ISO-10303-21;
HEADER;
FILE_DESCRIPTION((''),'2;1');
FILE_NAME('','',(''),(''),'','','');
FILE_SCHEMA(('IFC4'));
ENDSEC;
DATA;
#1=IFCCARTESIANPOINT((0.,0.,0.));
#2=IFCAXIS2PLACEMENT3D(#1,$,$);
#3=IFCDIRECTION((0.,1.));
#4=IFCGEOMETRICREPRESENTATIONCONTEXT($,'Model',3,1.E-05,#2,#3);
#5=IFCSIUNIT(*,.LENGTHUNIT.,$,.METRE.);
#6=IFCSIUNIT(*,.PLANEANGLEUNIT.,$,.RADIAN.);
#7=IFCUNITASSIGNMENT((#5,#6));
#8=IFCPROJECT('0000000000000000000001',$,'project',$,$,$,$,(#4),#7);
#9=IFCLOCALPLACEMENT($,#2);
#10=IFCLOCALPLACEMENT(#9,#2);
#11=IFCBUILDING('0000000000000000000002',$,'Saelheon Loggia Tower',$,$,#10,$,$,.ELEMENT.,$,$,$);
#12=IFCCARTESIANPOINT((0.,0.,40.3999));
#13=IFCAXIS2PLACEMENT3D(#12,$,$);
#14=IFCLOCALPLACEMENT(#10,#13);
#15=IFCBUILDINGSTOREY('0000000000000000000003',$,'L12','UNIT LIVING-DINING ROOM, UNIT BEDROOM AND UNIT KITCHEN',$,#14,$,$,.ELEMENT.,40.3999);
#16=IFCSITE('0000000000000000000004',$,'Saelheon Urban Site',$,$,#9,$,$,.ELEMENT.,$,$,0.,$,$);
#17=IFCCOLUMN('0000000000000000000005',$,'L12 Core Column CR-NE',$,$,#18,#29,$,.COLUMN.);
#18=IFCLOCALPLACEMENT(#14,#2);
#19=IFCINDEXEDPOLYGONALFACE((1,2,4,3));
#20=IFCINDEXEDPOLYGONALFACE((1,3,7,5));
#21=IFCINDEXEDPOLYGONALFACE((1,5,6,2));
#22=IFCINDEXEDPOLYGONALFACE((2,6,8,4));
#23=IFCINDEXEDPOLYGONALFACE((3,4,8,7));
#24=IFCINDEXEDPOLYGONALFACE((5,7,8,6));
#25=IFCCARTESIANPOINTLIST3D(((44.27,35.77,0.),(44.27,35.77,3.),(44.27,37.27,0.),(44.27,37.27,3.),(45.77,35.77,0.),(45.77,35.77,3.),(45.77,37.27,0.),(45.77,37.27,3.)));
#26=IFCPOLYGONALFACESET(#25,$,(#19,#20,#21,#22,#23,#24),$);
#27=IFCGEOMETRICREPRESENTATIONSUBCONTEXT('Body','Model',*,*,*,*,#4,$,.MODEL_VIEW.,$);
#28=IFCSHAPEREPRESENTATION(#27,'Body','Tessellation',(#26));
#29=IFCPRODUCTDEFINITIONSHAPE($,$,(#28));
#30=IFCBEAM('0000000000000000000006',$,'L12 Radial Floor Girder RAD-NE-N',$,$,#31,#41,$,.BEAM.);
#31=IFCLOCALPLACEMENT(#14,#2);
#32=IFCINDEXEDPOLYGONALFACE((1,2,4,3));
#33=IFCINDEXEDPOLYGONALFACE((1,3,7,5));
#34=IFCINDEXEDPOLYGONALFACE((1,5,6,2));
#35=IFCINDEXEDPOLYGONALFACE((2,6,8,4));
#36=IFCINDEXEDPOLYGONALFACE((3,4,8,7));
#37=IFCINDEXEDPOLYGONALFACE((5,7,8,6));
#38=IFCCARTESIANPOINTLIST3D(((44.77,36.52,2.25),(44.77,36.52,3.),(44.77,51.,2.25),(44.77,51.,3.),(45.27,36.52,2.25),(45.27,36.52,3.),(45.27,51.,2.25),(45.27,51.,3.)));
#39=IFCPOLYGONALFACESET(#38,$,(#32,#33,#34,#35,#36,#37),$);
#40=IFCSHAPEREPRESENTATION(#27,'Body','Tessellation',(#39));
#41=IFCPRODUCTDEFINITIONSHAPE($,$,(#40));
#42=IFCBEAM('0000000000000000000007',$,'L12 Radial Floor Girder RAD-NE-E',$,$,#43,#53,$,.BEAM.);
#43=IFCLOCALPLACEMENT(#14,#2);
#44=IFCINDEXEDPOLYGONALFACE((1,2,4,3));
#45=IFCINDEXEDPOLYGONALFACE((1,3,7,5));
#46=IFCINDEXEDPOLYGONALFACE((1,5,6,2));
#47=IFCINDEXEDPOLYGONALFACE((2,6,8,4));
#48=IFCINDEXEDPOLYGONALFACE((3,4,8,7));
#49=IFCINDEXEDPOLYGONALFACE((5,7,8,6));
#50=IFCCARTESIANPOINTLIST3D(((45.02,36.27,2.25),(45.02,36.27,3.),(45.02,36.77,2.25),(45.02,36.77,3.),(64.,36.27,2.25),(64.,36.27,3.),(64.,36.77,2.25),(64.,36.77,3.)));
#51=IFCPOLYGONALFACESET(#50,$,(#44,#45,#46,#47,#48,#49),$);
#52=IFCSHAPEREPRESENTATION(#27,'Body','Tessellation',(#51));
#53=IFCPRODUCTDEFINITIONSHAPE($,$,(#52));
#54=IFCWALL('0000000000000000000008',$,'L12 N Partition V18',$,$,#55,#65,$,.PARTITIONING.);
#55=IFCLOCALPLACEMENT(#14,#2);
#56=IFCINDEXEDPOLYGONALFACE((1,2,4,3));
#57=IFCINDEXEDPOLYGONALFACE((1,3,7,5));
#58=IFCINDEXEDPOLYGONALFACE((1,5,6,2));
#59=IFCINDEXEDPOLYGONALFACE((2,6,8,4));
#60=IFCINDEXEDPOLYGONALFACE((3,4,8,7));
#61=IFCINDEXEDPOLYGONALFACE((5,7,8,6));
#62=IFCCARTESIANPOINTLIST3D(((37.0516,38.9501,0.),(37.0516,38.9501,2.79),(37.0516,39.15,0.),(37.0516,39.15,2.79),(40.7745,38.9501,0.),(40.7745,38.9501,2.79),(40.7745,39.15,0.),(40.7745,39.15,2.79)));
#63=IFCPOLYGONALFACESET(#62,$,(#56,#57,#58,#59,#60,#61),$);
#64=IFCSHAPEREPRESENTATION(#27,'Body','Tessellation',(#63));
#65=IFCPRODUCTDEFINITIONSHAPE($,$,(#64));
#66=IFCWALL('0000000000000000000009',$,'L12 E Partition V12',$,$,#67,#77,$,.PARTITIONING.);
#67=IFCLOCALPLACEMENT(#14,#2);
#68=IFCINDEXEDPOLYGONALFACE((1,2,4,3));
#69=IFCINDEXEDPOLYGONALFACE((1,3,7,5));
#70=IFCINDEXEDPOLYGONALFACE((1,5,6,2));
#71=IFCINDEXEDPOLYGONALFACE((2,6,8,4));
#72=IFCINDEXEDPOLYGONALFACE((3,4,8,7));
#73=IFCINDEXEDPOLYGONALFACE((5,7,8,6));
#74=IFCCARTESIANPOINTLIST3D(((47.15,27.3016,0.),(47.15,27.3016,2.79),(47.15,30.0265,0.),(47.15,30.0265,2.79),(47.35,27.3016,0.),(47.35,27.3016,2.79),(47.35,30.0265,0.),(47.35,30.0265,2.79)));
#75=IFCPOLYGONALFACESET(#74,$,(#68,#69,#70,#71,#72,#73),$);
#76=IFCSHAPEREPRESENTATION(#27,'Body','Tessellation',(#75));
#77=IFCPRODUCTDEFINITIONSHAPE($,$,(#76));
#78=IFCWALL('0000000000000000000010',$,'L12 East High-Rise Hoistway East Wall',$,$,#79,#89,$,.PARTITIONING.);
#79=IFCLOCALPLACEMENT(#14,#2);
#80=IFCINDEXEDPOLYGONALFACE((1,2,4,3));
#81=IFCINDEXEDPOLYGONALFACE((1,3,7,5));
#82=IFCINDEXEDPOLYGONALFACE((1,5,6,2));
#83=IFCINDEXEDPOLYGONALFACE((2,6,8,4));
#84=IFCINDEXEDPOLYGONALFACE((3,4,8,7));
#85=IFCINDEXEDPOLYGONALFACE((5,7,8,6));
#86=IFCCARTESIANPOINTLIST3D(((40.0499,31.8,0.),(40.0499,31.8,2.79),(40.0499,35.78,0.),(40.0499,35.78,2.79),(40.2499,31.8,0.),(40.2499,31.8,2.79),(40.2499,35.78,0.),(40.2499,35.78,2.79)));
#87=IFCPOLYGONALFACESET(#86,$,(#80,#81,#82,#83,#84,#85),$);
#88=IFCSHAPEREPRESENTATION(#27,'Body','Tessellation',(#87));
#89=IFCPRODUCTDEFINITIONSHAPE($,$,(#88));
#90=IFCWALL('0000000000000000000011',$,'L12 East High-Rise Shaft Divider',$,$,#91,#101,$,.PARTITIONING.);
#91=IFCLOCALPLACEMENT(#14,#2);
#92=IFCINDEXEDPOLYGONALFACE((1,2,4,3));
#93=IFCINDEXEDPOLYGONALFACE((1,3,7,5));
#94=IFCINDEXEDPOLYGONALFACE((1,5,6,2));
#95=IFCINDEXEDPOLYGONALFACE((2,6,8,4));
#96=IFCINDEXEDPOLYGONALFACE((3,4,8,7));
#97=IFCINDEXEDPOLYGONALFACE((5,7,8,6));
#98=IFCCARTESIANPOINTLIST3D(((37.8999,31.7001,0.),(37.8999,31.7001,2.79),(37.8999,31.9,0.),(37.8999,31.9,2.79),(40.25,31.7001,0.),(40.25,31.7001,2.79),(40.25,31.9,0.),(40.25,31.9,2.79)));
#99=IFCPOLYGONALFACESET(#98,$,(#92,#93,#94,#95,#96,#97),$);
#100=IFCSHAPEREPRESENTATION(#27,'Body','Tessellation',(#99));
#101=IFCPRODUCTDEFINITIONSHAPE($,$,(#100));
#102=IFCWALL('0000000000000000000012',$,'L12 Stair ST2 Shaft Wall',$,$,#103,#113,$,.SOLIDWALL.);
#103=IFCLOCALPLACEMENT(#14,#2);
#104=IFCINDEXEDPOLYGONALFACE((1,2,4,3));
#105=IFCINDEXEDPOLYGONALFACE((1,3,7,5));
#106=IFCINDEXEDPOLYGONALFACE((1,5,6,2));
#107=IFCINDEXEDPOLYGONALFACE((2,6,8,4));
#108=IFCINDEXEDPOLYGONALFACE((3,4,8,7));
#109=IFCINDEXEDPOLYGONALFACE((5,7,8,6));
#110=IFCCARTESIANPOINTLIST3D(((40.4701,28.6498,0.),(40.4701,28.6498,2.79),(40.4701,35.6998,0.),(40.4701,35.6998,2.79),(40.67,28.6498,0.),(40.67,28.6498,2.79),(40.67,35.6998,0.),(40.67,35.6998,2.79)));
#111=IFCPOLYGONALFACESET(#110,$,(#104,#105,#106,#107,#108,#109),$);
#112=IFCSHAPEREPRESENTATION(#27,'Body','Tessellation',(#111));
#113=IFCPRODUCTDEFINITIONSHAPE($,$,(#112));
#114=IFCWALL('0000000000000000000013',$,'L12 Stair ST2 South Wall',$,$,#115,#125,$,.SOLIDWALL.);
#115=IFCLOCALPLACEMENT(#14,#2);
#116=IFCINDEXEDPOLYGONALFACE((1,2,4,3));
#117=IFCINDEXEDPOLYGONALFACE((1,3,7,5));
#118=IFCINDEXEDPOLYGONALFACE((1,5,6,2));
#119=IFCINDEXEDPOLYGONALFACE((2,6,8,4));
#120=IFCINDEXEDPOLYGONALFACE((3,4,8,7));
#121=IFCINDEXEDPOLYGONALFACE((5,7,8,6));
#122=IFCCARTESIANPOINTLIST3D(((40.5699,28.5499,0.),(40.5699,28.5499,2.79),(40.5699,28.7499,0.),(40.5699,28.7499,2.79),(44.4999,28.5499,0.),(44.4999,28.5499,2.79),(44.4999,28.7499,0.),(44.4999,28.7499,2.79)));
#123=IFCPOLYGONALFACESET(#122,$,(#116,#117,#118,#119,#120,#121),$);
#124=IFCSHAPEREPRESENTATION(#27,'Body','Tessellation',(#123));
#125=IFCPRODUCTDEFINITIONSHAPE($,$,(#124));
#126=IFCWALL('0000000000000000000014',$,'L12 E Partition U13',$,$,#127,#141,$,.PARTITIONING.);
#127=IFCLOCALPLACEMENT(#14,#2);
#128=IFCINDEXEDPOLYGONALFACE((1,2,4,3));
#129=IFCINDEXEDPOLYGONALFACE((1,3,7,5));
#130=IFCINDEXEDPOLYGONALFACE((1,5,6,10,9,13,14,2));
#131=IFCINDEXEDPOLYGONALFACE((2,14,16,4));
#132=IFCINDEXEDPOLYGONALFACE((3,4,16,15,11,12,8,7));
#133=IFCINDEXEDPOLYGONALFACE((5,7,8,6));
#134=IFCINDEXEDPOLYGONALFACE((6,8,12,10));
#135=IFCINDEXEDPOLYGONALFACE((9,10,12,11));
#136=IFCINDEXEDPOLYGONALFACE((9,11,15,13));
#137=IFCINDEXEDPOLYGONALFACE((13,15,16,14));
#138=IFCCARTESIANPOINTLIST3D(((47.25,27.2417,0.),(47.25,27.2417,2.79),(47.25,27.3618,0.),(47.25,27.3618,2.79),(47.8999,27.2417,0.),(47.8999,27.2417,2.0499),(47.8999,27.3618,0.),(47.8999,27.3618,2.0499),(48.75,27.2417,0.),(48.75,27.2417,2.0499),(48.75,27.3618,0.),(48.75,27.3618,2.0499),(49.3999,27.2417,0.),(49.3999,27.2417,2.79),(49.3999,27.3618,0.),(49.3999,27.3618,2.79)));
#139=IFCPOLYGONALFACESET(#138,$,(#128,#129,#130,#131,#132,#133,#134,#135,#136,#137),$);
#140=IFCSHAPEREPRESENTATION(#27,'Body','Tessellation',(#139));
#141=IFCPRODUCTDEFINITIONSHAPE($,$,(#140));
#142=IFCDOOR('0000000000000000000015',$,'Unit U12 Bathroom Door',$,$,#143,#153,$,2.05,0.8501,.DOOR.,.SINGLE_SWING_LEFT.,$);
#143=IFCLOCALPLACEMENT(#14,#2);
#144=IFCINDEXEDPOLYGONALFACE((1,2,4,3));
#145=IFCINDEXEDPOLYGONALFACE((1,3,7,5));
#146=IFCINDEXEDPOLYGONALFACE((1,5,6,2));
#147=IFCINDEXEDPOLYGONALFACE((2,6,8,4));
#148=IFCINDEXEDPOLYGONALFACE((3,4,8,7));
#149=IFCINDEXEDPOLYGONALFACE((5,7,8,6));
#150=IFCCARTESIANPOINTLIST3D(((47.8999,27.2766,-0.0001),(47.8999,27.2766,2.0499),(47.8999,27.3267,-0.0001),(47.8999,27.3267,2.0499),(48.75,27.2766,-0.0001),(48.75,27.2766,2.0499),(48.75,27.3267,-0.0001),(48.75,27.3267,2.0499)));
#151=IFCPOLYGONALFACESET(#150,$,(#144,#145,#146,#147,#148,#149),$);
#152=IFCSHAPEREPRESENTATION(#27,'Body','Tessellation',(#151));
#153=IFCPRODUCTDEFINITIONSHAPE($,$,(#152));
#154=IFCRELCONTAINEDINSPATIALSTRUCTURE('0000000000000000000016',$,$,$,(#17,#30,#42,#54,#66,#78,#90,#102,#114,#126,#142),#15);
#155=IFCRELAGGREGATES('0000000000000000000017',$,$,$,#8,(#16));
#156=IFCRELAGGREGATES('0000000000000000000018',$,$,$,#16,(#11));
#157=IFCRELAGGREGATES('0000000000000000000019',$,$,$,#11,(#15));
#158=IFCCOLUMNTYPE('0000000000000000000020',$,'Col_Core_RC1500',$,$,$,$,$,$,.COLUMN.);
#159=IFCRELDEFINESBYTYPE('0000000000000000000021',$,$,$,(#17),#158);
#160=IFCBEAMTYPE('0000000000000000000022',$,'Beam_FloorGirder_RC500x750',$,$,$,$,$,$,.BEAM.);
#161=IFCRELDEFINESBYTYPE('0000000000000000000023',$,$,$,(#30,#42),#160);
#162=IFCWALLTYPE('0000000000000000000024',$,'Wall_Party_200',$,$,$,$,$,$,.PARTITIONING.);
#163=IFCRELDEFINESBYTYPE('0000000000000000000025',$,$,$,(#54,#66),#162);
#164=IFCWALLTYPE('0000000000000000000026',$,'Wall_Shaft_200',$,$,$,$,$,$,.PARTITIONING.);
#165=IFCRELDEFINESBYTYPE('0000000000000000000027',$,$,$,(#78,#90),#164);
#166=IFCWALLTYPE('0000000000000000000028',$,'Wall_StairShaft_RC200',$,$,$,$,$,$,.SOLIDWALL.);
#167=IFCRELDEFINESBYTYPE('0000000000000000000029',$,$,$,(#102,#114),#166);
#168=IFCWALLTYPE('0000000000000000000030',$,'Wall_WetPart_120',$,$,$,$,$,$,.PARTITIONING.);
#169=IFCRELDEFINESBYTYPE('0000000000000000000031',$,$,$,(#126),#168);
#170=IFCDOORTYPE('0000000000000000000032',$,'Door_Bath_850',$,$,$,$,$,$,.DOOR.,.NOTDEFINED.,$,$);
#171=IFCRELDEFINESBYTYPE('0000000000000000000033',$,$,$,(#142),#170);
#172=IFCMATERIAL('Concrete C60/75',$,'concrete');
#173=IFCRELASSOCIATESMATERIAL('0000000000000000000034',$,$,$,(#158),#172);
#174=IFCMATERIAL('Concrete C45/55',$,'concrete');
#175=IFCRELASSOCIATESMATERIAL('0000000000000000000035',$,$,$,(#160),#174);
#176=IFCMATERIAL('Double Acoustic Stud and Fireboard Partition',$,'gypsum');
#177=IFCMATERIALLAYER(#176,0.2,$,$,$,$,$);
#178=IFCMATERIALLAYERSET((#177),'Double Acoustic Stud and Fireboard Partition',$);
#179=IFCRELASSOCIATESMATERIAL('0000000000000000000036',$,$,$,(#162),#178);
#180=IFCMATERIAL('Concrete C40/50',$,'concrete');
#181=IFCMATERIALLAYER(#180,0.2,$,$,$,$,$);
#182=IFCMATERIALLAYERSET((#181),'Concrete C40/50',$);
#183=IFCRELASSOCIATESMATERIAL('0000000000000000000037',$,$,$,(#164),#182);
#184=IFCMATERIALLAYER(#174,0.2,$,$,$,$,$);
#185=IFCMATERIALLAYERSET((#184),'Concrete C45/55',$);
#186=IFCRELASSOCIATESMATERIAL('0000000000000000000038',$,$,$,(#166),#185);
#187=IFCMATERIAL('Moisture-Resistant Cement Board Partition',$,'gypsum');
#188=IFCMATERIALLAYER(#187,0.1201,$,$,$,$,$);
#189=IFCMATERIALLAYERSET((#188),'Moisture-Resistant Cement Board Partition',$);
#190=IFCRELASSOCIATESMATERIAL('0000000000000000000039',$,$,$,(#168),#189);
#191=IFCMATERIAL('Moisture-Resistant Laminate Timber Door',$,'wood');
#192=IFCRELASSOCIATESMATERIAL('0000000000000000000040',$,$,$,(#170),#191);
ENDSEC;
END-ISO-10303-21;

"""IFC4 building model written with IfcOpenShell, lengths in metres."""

from ifc_helpers import new_model, si_unit, direction, frame, frame_2d, origin, origin_2d, place, context, subcontext, project, spatial, rectangle, extrude, source, transform, mapped, material, layer, layer_set, material_profile, profile_set, type_object, element, fill, save


model = new_model("IFC4")

# Units and contexts
model_context = context("Model", 3, precision=1e-05, world=origin(), true_north=direction((0.0, 1.0)))
body_context = subcontext(model_context, "Body", "Model", "MODEL_VIEW")
ifc_project = project(units=[si_unit("LENGTHUNIT", "METRE"), si_unit("PLANEANGLEUNIT", "RADIAN")], contexts=[model_context])

# Site, building, storey
site_placement = place(None, origin())
site = spatial("IfcSite", under=ifc_project, at=site_placement, Name="Saelheon Urban Site", CompositionType="ELEMENT", RefElevation=0.0)
building_placement = place(site_placement, origin())
building = spatial("IfcBuilding", under=site, at=building_placement, Name="Saelheon Loggia Tower", CompositionType="ELEMENT")
storey_placement = place(building_placement, frame((0.0, 0.0, 40.3999)))
storey = spatial("IfcBuildingStorey", under=building, at=storey_placement, Name="L12", Description="UNIT LIVING-DINING ROOM, UNIT BEDROOM AND UNIT KITCHEN", CompositionType="ELEMENT", Elevation=40.3999)

# Column
ifc_material_1 = material(Name="Concrete C60/75", Category="concrete")
ifc_material_profile_1 = material_profile(ifc_material_1, rectangle(XDim=1.5, YDim=1.5, at=origin_2d()), Name="RC-1500x1500")
ifc_profile_set_1 = profile_set([ifc_material_profile_1], Name="Concrete C60/75")
column_type = type_object("IfcColumnType", Name="Col_Core_RC1500", PredefinedType="COLUMN", material=ifc_profile_set_1)
shared_shape_1 = source(origin(), body_context, "Body", "SweptSolid", [
    extrude(rectangle(XDim=1.5, YDim=1.5, at=origin_2d()), origin(), (0.0, 0.0, 1.0), 3.0),
])
column_placement = place(storey_placement, frame((45.02, 36.52, 0.0), z_axis=(0.0, 0.0, 1.0), x_axis=(1.0, 0.0, 0.0)))
element("IfcColumn", 1, at=column_placement, inside=storey, type_object=column_type, Name="L12 Core Column CR-NE", PredefinedType="COLUMN", context=body_context, shape_type="MappedRepresentation", body=[
    mapped(shared_shape_1, transform((0.0, 0.0, 0.0), scale=1.0)),
])

# Beams
ifc_material_2 = material(Name="Concrete C45/55", Category="concrete")
ifc_material_profile_2 = material_profile(ifc_material_2, rectangle(XDim=0.5, YDim=0.75, at=origin_2d()), Name="RC-500x750")
ifc_profile_set_2 = profile_set([ifc_material_profile_2], Name="Concrete C45/55")
beam_type = type_object("IfcBeamType", Name="Beam_FloorGirder_RC500x750", PredefinedType="BEAM", material=ifc_profile_set_2)
shared_shape_2 = source(origin(), body_context, "Body", "SweptSolid", [
    extrude(rectangle(XDim=0.5, YDim=0.75, at=origin_2d()), origin(), (0.0, 0.0, 1.0), 14.48),
])
beam_1_placement = place(storey_placement, frame((45.02, 36.52, 2.625), z_axis=(0.0, 1.0, 0.0), x_axis=(-1.0, 0.0, 0.0)))
element("IfcBeam", 2, at=beam_1_placement, inside=storey, type_object=beam_type, Name="L12 Radial Floor Girder RAD-NE-N", PredefinedType="BEAM", context=body_context, shape_type="MappedRepresentation", body=[
    mapped(shared_shape_2, transform((0.0, 0.0, 0.0), scale=1.0)),
])
shared_shape_3 = source(origin(), body_context, "Body", "SweptSolid", [
    extrude(rectangle(XDim=0.5, YDim=0.75, at=origin_2d()), origin(), (0.0, 0.0, 1.0), 18.98),
])
beam_2_placement = place(storey_placement, frame((45.02, 36.52, 2.625), z_axis=(1.0, 0.0, 0.0), x_axis=(0.0, 1.0, 0.0)))
element("IfcBeam", 3, at=beam_2_placement, inside=storey, type_object=beam_type, Name="L12 Radial Floor Girder RAD-NE-E", PredefinedType="BEAM", context=body_context, shape_type="MappedRepresentation", body=[
    mapped(shared_shape_3, transform((0.0, 0.0, 0.0), scale=1.0)),
])

# Walls
ifc_material_3 = material(Name="Double Acoustic Stud and Fireboard Partition", Category="gypsum")
ifc_layer_1 = layer(ifc_material_3, 0.2)
ifc_layer_set_1 = layer_set([ifc_layer_1], Name="Double Acoustic Stud and Fireboard Partition")
wall_type_1 = type_object("IfcWallType", Name="Wall_Party_200", PredefinedType="PARTITIONING", material=ifc_layer_set_1)
wall_1_placement = place(storey_placement, frame((37.0518, 39.05, 0.0), z_axis=(0.0, 0.0, 1.0), x_axis=(1.0, 0.0, 0.0)))
element("IfcWall", 4, at=wall_1_placement, inside=storey, type_object=wall_type_1, Name="L12 N Partition V18", PredefinedType="PARTITIONING", context=body_context, shape_type="SweptSolid", body=[
    extrude(rectangle(XDim=3.7229, YDim=0.2, at=frame_2d((1.8613, 0.0))), origin(), (0.0, 0.0, 1.0), 2.79),
])
wall_2_placement = place(storey_placement, frame((47.25, 27.3018, 0.0), z_axis=(0.0, 0.0, 1.0), x_axis=(0.0, 1.0, 0.0)))
element("IfcWall", 5, at=wall_2_placement, inside=storey, type_object=wall_type_1, Name="L12 E Partition V12", PredefinedType="PARTITIONING", context=body_context, shape_type="SweptSolid", body=[
    extrude(rectangle(XDim=2.7249, YDim=0.2, at=frame_2d((1.3623, 0.0))), origin(), (0.0, 0.0, 1.0), 2.79),
])
ifc_material_4 = material(Name="Concrete C40/50", Category="concrete")
ifc_layer_2 = layer(ifc_material_4, 0.2)
ifc_layer_set_2 = layer_set([ifc_layer_2], Name="Concrete C40/50")
wall_type_2 = type_object("IfcWallType", Name="Wall_Shaft_200", PredefinedType="PARTITIONING", material=ifc_layer_set_2)
wall_3_placement = place(storey_placement, frame((40.1499, 31.8, 0.0), z_axis=(0.0, 0.0, 1.0), x_axis=(0.0, 1.0, 0.0)))
element("IfcWall", 6, at=wall_3_placement, inside=storey, type_object=wall_type_2, Name="L12 East High-Rise Hoistway East Wall", PredefinedType="PARTITIONING", context=body_context, shape_type="SweptSolid", body=[
    extrude(rectangle(XDim=3.98, YDim=0.2, at=frame_2d((1.99, 0.0))), origin(), (0.0, 0.0, 1.0), 2.79),
])
wall_4_placement = place(storey_placement, frame((37.8999, 31.8, 0.0), z_axis=(0.0, 0.0, 1.0), x_axis=(1.0, 0.0, 0.0)))
element("IfcWall", 7, at=wall_4_placement, inside=storey, type_object=wall_type_2, Name="L12 East High-Rise Shaft Divider", PredefinedType="PARTITIONING", context=body_context, shape_type="SweptSolid", body=[
    extrude(rectangle(XDim=2.3501, YDim=0.2, at=frame_2d((1.175, 0.0))), origin(), (0.0, 0.0, 1.0), 2.79),
])
ifc_layer_3 = layer(ifc_material_2, 0.2)
ifc_layer_set_3 = layer_set([ifc_layer_3], Name="Concrete C45/55")
wall_type_3 = type_object("IfcWallType", Name="Wall_StairShaft_RC200", PredefinedType="SOLIDWALL", material=ifc_layer_set_3)
wall_5_placement = place(storey_placement, frame((40.5701, 28.6499, 0.0), z_axis=(0.0, 0.0, 1.0), x_axis=(0.0, 1.0, 0.0)))
element("IfcWall", 8, at=wall_5_placement, inside=storey, type_object=wall_type_3, Name="L12 Stair ST2 Shaft Wall", PredefinedType="SOLIDWALL", context=body_context, shape_type="SweptSolid", body=[
    extrude(rectangle(XDim=7.05, YDim=0.2, at=frame_2d((3.5249, 0.0))), origin(), (0.0, 0.0, 1.0), 2.79),
])
wall_6_placement = place(storey_placement, frame((40.5701, 28.6499, 0.0), z_axis=(0.0, 0.0, 1.0), x_axis=(1.0, 0.0, 0.0)))
element("IfcWall", 9, at=wall_6_placement, inside=storey, type_object=wall_type_3, Name="L12 Stair ST2 South Wall", PredefinedType="SOLIDWALL", context=body_context, shape_type="SweptSolid", body=[
    extrude(rectangle(XDim=3.9299, YDim=0.2, at=frame_2d((1.9648, 0.0))), origin(), (0.0, 0.0, 1.0), 2.79),
])

# Wall, opening, door
ifc_material_5 = material(Name="Moisture-Resistant Cement Board Partition", Category="gypsum")
ifc_layer_4 = layer(ifc_material_5, 0.1201)
ifc_layer_set_4 = layer_set([ifc_layer_4], Name="Moisture-Resistant Cement Board Partition")
wall_type_4 = type_object("IfcWallType", Name="Wall_WetPart_120", PredefinedType="PARTITIONING", material=ifc_layer_set_4)
wall_7_placement = place(storey_placement, frame((47.25, 27.3018, 0.0), z_axis=(0.0, 0.0, 1.0), x_axis=(1.0, 0.0, 0.0)))
wall_7 = element("IfcWall", 10, at=wall_7_placement, inside=storey, type_object=wall_type_4, Name="L12 E Partition U13", PredefinedType="PARTITIONING", context=body_context, shape_type="SweptSolid", body=[
    extrude(rectangle(XDim=2.1499, YDim=0.1201, at=frame_2d((1.075, 0.0))), origin(), (0.0, 0.0, 1.0), 2.79),
])
opening_placement = place(wall_7_placement, frame((0.6499, 0.0, 0.0)))
opening = element("IfcOpeningElement", 11, at=opening_placement, cuts=wall_7, PredefinedType="OPENING", context=body_context, shape_type="SweptSolid", body=[
    extrude(rectangle(XDim=0.8501, YDim=2.05, at=frame_2d((0.425, 1.0249))), frame((0.0, 0.072, 0.0), z_axis=(0.0, -1.0, 0.0), x_axis=(1.0, 0.0, 0.0)), (0.0, 0.0, 1.0), 0.144),
])
ifc_material_6 = material(Name="Moisture-Resistant Laminate Timber Door", Category="wood")
door_type = type_object("IfcDoorType", Name="Door_Bath_850", OperationType="NOTDEFINED", PredefinedType="DOOR", material=ifc_material_6)
shared_shape_4 = source(origin(), body_context, "Body", "SweptSolid", [
    extrude(rectangle(XDim=0.8501, YDim=2.05, at=frame_2d((0.425, 1.0249))), frame((0.0, 0.0249, 0.0), z_axis=(0.0, -1.0, 0.0), x_axis=(1.0, 0.0, 0.0)), (0.0, 0.0, 1.0), 0.05),
])
door_placement = place(opening_placement, origin())
door = element("IfcDoor", 12, at=door_placement, inside=storey, type_object=door_type, Name="Unit U12 Bathroom Door", OperationType="SINGLE_SWING_LEFT", OverallHeight=2.05, OverallWidth=0.8501, PredefinedType="DOOR", context=body_context, shape_type="MappedRepresentation", body=[
    mapped(shared_shape_4, transform((0.0, 0.0, 0.0), scale=1.0)),
])
fill(opening, door)

save(model, "model.ifc")
